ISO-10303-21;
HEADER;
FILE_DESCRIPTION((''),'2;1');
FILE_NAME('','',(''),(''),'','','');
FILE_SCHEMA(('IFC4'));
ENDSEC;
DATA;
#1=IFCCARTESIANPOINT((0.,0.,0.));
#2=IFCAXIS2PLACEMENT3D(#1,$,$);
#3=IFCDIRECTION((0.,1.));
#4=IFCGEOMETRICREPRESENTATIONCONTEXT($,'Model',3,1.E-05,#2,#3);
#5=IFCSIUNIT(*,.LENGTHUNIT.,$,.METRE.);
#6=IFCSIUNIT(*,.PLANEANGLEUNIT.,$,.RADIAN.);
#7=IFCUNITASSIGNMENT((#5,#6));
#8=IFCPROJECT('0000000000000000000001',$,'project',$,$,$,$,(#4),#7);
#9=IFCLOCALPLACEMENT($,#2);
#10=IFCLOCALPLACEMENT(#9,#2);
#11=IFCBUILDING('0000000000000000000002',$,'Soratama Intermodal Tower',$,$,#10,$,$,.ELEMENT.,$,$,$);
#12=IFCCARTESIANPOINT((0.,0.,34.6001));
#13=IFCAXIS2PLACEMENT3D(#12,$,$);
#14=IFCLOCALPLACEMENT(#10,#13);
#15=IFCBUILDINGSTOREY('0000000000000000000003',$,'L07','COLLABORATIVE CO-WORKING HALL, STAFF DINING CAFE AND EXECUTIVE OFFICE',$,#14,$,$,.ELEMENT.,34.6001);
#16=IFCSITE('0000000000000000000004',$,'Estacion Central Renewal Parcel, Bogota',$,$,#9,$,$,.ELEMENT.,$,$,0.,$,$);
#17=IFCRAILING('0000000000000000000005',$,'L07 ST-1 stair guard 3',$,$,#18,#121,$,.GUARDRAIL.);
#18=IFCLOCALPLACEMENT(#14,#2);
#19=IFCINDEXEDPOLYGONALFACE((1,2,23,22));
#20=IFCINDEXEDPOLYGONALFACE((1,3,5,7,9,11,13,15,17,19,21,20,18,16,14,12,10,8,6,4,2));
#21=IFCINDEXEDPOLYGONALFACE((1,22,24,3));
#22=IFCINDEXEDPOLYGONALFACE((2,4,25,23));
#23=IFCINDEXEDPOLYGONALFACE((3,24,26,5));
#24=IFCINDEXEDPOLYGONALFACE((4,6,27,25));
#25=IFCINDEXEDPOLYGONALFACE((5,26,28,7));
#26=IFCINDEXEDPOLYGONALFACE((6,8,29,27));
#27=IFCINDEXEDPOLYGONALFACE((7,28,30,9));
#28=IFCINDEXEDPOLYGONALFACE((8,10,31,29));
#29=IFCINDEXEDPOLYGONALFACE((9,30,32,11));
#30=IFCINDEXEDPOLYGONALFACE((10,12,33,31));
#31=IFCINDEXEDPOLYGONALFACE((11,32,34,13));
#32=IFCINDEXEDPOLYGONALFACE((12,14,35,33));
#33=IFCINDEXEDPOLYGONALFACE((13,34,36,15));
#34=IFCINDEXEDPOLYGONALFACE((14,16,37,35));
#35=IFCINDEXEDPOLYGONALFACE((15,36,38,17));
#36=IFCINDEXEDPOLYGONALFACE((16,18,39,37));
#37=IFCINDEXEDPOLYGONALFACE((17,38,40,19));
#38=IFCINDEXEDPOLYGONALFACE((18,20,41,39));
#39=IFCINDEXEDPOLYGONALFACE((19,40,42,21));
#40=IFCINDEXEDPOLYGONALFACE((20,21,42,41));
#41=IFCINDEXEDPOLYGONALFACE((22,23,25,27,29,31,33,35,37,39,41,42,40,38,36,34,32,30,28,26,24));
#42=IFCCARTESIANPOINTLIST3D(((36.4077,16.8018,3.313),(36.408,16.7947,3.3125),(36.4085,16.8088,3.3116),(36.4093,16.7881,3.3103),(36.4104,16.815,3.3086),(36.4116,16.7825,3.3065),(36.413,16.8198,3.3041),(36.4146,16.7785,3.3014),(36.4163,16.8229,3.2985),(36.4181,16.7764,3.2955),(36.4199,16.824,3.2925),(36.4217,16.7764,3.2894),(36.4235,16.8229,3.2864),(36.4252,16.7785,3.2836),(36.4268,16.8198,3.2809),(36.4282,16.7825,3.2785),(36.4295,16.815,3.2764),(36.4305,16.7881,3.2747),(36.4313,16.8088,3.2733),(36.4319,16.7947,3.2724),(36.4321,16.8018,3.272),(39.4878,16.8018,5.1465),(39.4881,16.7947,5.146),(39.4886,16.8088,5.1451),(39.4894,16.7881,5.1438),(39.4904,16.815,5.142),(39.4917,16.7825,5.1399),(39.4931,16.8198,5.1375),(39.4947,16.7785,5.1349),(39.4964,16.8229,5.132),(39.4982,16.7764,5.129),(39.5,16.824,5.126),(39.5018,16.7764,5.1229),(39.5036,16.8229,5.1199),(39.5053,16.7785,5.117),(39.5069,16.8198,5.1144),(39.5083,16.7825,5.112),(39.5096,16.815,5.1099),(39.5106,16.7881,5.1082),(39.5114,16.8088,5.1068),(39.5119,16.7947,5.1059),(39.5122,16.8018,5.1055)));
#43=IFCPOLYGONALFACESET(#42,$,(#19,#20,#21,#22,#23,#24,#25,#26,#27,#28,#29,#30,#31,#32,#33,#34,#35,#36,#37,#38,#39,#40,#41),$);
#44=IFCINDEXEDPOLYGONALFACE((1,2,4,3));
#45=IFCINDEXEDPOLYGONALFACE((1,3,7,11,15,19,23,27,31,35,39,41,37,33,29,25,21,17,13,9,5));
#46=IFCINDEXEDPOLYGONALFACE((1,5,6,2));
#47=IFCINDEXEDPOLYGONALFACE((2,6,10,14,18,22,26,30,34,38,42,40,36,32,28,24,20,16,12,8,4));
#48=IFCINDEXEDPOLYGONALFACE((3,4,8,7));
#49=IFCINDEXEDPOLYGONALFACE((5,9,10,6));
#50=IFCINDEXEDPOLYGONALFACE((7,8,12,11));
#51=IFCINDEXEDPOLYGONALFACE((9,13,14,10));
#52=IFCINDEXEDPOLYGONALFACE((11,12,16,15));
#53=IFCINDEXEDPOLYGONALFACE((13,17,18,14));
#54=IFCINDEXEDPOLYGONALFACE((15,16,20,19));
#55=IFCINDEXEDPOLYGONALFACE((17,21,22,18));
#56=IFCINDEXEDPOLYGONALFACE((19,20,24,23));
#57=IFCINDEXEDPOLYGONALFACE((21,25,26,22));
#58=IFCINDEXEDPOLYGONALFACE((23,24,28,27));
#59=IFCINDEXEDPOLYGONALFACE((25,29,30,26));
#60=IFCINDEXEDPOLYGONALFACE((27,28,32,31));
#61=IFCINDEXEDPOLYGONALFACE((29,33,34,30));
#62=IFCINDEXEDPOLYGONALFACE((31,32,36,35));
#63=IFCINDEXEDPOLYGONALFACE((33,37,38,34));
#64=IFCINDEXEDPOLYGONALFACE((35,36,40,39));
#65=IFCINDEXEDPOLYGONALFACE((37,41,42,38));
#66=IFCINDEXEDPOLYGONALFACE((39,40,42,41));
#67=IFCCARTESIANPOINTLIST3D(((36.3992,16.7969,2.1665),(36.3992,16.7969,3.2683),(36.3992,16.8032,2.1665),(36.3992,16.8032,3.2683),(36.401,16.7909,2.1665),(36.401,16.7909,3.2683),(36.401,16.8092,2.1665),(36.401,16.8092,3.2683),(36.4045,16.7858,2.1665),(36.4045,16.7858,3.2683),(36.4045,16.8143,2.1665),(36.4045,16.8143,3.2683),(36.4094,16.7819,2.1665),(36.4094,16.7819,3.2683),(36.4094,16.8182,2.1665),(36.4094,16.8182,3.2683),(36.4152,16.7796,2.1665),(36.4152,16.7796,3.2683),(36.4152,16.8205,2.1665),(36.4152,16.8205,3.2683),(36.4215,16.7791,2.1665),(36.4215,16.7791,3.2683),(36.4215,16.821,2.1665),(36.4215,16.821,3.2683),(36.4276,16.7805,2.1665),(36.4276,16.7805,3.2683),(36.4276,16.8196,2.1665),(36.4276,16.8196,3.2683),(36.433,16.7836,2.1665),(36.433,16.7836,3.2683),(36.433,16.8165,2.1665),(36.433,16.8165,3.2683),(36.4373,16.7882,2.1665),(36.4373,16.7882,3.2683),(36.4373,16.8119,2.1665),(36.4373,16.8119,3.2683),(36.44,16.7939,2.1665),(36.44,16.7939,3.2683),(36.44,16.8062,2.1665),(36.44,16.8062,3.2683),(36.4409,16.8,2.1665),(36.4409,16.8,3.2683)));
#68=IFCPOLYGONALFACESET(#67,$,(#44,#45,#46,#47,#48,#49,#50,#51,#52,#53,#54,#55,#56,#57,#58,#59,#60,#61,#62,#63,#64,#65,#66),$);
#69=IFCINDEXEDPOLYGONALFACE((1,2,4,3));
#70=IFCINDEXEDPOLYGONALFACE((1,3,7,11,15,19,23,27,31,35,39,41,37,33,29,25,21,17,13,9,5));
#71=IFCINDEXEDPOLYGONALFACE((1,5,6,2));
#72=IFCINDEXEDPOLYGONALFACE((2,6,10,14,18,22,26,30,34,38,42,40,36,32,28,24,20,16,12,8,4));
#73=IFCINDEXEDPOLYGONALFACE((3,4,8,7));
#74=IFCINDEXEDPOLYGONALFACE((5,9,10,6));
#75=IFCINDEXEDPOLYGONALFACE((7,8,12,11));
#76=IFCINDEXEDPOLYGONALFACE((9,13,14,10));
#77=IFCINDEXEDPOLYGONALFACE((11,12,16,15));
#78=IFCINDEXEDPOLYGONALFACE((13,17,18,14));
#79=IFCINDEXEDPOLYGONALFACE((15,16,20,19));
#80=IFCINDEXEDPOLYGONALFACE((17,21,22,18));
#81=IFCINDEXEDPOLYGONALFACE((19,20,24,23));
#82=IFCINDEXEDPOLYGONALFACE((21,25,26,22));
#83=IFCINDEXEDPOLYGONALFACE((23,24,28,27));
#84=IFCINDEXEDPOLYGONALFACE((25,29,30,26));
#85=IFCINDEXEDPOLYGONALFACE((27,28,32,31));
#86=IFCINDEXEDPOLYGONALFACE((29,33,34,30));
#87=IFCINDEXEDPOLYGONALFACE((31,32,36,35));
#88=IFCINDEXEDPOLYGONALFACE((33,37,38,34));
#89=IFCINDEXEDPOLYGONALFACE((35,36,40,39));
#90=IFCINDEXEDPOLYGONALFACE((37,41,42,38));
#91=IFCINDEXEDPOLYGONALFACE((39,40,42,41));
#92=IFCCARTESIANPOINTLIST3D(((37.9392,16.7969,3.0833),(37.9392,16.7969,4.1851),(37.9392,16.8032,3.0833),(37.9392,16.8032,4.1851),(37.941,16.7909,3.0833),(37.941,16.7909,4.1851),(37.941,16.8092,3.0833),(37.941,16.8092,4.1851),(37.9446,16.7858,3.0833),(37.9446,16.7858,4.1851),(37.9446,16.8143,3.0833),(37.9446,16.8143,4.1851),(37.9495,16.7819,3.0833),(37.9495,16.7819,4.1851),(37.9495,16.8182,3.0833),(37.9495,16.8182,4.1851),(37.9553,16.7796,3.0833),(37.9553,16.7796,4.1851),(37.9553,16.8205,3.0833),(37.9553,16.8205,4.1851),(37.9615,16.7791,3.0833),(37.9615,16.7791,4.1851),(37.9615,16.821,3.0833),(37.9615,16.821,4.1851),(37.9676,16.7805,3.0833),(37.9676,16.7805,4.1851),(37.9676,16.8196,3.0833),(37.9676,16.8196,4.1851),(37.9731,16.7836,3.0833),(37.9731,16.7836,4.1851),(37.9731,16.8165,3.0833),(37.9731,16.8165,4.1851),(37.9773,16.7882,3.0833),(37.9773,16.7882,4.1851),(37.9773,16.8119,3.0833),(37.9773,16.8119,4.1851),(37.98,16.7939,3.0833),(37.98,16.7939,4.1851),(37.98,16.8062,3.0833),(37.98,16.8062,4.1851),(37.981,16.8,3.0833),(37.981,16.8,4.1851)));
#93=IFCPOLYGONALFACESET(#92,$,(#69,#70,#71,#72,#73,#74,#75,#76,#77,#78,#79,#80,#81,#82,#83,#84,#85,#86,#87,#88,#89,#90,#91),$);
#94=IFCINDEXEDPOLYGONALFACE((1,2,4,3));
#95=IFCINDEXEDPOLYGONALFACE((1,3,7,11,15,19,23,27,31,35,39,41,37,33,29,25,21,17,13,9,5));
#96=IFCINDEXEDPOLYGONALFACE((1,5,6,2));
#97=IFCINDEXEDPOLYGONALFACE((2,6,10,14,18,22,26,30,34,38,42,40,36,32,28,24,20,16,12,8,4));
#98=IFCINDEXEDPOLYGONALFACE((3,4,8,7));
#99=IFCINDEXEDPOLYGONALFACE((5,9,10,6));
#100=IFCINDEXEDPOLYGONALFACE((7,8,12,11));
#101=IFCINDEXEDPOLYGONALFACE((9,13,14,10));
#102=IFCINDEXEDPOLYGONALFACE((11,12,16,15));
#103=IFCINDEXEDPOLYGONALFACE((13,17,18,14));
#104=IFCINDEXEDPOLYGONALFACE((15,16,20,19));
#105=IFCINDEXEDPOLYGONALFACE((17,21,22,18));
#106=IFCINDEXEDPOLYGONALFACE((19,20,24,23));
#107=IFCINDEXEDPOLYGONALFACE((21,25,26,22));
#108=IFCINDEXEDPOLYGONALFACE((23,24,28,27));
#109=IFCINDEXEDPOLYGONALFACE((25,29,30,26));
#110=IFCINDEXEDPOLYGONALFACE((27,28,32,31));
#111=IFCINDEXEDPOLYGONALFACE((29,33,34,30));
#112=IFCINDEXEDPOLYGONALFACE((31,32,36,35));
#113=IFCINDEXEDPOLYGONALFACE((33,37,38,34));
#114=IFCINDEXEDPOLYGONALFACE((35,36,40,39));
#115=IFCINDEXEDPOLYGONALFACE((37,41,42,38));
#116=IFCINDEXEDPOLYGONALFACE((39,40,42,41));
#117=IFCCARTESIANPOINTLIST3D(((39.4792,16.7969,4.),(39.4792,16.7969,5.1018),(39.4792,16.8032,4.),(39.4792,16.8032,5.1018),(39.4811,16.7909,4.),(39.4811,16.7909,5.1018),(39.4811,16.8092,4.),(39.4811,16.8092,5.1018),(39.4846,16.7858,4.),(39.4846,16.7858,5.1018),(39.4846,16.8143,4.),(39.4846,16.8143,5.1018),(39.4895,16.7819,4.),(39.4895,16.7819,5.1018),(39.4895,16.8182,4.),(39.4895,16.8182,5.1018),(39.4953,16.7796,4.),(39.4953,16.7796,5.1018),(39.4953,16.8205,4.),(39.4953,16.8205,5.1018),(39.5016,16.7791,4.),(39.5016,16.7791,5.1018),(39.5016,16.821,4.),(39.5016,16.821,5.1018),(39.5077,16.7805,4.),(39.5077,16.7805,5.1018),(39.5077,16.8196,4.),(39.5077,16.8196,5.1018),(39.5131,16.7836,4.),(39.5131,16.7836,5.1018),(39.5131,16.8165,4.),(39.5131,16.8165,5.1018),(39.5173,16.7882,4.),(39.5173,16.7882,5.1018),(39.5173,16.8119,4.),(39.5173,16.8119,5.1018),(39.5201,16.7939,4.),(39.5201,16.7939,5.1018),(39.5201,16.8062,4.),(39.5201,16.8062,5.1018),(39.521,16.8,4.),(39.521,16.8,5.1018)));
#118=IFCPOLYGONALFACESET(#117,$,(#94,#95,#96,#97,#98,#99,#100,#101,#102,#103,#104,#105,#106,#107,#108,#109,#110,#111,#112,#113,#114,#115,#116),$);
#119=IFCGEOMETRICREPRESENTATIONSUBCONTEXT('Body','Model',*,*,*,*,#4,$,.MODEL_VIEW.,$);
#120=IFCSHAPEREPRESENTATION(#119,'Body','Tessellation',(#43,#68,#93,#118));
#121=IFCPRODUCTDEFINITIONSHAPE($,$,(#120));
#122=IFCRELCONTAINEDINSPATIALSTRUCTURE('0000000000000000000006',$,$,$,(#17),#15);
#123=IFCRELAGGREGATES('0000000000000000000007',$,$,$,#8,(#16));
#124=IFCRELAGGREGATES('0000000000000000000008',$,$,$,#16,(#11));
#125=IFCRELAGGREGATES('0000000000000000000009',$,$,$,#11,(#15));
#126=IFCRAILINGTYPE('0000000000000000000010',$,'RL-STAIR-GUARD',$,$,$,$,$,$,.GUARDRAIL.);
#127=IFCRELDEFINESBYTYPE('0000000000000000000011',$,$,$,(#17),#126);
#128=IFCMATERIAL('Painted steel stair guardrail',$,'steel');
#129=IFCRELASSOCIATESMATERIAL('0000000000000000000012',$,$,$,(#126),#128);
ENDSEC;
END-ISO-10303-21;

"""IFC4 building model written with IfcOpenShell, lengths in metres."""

from ifc_helpers import new_model, si_unit, direction, frame, origin, origin_2d, place, context, subcontext, project, spatial, circle, extrude, material, type_object, element, save


model = new_model("IFC4")

# Units and contexts
model_context = context("Model", 3, precision=1e-05, world=origin(), true_north=direction((0.0, 1.0)))
body_context = subcontext(model_context, "Body", "Model", "MODEL_VIEW")
ifc_project = project(units=[si_unit("LENGTHUNIT", "METRE"), si_unit("PLANEANGLEUNIT", "RADIAN")], contexts=[model_context])

# Site, building, storey
site_placement = place(None, origin())
site = spatial("IfcSite", under=ifc_project, at=site_placement, Name="Estacion Central Renewal Parcel, Bogota", CompositionType="ELEMENT", RefElevation=0.0)
building_placement = place(site_placement, origin())
building = spatial("IfcBuilding", under=site, at=building_placement, Name="Soratama Intermodal Tower", CompositionType="ELEMENT")
storey_placement = place(building_placement, frame((0.0, 0.0, 34.6001)))
storey = spatial("IfcBuildingStorey", under=building, at=storey_placement, Name="L07", Description="COLLABORATIVE CO-WORKING HALL, STAFF DINING CAFE AND EXECUTIVE OFFICE", CompositionType="ELEMENT", Elevation=34.6001)

# Railing
ifc_material_1 = material(Name="Painted steel stair guardrail", Category="steel")
railing_type_1 = type_object("IfcRailingType", Name="RL-STAIR-GUARD", PredefinedType="GUARDRAIL", material=ifc_material_1)
railing_1_placement = place(storey_placement, frame((36.4199, 16.8, 2.1665)))
element("IfcRailing", 1, at=railing_1_placement, inside=storey, type_object=railing_type_1, Name="L07 ST-1 stair guard 3", PredefinedType="GUARDRAIL", context=body_context, shape_type="SweptSolid", body=[
    extrude(circle(Radius=0.0239, at=origin_2d()), frame((0.0, 0.0, 1.126), z_axis=(0.859279, 0.0, 0.511508), x_axis=(0.0, 1.0, 0.0)), (0.0, 0.0, 1.0), 3.5845),
    extrude(circle(Radius=0.021, at=origin_2d()), origin(), (0.0, 0.0, 1.0), 1.1018),
    extrude(circle(Radius=0.021, at=origin_2d()), frame((1.54, 0.0, 0.9167)), (0.0, 0.0, 1.0), 1.1018),
    extrude(circle(Radius=0.021, at=origin_2d()), frame((3.0801, 0.0, 1.8335)), (0.0, 0.0, 1.0), 1.1018),
])

save(model, "model.ifc")
